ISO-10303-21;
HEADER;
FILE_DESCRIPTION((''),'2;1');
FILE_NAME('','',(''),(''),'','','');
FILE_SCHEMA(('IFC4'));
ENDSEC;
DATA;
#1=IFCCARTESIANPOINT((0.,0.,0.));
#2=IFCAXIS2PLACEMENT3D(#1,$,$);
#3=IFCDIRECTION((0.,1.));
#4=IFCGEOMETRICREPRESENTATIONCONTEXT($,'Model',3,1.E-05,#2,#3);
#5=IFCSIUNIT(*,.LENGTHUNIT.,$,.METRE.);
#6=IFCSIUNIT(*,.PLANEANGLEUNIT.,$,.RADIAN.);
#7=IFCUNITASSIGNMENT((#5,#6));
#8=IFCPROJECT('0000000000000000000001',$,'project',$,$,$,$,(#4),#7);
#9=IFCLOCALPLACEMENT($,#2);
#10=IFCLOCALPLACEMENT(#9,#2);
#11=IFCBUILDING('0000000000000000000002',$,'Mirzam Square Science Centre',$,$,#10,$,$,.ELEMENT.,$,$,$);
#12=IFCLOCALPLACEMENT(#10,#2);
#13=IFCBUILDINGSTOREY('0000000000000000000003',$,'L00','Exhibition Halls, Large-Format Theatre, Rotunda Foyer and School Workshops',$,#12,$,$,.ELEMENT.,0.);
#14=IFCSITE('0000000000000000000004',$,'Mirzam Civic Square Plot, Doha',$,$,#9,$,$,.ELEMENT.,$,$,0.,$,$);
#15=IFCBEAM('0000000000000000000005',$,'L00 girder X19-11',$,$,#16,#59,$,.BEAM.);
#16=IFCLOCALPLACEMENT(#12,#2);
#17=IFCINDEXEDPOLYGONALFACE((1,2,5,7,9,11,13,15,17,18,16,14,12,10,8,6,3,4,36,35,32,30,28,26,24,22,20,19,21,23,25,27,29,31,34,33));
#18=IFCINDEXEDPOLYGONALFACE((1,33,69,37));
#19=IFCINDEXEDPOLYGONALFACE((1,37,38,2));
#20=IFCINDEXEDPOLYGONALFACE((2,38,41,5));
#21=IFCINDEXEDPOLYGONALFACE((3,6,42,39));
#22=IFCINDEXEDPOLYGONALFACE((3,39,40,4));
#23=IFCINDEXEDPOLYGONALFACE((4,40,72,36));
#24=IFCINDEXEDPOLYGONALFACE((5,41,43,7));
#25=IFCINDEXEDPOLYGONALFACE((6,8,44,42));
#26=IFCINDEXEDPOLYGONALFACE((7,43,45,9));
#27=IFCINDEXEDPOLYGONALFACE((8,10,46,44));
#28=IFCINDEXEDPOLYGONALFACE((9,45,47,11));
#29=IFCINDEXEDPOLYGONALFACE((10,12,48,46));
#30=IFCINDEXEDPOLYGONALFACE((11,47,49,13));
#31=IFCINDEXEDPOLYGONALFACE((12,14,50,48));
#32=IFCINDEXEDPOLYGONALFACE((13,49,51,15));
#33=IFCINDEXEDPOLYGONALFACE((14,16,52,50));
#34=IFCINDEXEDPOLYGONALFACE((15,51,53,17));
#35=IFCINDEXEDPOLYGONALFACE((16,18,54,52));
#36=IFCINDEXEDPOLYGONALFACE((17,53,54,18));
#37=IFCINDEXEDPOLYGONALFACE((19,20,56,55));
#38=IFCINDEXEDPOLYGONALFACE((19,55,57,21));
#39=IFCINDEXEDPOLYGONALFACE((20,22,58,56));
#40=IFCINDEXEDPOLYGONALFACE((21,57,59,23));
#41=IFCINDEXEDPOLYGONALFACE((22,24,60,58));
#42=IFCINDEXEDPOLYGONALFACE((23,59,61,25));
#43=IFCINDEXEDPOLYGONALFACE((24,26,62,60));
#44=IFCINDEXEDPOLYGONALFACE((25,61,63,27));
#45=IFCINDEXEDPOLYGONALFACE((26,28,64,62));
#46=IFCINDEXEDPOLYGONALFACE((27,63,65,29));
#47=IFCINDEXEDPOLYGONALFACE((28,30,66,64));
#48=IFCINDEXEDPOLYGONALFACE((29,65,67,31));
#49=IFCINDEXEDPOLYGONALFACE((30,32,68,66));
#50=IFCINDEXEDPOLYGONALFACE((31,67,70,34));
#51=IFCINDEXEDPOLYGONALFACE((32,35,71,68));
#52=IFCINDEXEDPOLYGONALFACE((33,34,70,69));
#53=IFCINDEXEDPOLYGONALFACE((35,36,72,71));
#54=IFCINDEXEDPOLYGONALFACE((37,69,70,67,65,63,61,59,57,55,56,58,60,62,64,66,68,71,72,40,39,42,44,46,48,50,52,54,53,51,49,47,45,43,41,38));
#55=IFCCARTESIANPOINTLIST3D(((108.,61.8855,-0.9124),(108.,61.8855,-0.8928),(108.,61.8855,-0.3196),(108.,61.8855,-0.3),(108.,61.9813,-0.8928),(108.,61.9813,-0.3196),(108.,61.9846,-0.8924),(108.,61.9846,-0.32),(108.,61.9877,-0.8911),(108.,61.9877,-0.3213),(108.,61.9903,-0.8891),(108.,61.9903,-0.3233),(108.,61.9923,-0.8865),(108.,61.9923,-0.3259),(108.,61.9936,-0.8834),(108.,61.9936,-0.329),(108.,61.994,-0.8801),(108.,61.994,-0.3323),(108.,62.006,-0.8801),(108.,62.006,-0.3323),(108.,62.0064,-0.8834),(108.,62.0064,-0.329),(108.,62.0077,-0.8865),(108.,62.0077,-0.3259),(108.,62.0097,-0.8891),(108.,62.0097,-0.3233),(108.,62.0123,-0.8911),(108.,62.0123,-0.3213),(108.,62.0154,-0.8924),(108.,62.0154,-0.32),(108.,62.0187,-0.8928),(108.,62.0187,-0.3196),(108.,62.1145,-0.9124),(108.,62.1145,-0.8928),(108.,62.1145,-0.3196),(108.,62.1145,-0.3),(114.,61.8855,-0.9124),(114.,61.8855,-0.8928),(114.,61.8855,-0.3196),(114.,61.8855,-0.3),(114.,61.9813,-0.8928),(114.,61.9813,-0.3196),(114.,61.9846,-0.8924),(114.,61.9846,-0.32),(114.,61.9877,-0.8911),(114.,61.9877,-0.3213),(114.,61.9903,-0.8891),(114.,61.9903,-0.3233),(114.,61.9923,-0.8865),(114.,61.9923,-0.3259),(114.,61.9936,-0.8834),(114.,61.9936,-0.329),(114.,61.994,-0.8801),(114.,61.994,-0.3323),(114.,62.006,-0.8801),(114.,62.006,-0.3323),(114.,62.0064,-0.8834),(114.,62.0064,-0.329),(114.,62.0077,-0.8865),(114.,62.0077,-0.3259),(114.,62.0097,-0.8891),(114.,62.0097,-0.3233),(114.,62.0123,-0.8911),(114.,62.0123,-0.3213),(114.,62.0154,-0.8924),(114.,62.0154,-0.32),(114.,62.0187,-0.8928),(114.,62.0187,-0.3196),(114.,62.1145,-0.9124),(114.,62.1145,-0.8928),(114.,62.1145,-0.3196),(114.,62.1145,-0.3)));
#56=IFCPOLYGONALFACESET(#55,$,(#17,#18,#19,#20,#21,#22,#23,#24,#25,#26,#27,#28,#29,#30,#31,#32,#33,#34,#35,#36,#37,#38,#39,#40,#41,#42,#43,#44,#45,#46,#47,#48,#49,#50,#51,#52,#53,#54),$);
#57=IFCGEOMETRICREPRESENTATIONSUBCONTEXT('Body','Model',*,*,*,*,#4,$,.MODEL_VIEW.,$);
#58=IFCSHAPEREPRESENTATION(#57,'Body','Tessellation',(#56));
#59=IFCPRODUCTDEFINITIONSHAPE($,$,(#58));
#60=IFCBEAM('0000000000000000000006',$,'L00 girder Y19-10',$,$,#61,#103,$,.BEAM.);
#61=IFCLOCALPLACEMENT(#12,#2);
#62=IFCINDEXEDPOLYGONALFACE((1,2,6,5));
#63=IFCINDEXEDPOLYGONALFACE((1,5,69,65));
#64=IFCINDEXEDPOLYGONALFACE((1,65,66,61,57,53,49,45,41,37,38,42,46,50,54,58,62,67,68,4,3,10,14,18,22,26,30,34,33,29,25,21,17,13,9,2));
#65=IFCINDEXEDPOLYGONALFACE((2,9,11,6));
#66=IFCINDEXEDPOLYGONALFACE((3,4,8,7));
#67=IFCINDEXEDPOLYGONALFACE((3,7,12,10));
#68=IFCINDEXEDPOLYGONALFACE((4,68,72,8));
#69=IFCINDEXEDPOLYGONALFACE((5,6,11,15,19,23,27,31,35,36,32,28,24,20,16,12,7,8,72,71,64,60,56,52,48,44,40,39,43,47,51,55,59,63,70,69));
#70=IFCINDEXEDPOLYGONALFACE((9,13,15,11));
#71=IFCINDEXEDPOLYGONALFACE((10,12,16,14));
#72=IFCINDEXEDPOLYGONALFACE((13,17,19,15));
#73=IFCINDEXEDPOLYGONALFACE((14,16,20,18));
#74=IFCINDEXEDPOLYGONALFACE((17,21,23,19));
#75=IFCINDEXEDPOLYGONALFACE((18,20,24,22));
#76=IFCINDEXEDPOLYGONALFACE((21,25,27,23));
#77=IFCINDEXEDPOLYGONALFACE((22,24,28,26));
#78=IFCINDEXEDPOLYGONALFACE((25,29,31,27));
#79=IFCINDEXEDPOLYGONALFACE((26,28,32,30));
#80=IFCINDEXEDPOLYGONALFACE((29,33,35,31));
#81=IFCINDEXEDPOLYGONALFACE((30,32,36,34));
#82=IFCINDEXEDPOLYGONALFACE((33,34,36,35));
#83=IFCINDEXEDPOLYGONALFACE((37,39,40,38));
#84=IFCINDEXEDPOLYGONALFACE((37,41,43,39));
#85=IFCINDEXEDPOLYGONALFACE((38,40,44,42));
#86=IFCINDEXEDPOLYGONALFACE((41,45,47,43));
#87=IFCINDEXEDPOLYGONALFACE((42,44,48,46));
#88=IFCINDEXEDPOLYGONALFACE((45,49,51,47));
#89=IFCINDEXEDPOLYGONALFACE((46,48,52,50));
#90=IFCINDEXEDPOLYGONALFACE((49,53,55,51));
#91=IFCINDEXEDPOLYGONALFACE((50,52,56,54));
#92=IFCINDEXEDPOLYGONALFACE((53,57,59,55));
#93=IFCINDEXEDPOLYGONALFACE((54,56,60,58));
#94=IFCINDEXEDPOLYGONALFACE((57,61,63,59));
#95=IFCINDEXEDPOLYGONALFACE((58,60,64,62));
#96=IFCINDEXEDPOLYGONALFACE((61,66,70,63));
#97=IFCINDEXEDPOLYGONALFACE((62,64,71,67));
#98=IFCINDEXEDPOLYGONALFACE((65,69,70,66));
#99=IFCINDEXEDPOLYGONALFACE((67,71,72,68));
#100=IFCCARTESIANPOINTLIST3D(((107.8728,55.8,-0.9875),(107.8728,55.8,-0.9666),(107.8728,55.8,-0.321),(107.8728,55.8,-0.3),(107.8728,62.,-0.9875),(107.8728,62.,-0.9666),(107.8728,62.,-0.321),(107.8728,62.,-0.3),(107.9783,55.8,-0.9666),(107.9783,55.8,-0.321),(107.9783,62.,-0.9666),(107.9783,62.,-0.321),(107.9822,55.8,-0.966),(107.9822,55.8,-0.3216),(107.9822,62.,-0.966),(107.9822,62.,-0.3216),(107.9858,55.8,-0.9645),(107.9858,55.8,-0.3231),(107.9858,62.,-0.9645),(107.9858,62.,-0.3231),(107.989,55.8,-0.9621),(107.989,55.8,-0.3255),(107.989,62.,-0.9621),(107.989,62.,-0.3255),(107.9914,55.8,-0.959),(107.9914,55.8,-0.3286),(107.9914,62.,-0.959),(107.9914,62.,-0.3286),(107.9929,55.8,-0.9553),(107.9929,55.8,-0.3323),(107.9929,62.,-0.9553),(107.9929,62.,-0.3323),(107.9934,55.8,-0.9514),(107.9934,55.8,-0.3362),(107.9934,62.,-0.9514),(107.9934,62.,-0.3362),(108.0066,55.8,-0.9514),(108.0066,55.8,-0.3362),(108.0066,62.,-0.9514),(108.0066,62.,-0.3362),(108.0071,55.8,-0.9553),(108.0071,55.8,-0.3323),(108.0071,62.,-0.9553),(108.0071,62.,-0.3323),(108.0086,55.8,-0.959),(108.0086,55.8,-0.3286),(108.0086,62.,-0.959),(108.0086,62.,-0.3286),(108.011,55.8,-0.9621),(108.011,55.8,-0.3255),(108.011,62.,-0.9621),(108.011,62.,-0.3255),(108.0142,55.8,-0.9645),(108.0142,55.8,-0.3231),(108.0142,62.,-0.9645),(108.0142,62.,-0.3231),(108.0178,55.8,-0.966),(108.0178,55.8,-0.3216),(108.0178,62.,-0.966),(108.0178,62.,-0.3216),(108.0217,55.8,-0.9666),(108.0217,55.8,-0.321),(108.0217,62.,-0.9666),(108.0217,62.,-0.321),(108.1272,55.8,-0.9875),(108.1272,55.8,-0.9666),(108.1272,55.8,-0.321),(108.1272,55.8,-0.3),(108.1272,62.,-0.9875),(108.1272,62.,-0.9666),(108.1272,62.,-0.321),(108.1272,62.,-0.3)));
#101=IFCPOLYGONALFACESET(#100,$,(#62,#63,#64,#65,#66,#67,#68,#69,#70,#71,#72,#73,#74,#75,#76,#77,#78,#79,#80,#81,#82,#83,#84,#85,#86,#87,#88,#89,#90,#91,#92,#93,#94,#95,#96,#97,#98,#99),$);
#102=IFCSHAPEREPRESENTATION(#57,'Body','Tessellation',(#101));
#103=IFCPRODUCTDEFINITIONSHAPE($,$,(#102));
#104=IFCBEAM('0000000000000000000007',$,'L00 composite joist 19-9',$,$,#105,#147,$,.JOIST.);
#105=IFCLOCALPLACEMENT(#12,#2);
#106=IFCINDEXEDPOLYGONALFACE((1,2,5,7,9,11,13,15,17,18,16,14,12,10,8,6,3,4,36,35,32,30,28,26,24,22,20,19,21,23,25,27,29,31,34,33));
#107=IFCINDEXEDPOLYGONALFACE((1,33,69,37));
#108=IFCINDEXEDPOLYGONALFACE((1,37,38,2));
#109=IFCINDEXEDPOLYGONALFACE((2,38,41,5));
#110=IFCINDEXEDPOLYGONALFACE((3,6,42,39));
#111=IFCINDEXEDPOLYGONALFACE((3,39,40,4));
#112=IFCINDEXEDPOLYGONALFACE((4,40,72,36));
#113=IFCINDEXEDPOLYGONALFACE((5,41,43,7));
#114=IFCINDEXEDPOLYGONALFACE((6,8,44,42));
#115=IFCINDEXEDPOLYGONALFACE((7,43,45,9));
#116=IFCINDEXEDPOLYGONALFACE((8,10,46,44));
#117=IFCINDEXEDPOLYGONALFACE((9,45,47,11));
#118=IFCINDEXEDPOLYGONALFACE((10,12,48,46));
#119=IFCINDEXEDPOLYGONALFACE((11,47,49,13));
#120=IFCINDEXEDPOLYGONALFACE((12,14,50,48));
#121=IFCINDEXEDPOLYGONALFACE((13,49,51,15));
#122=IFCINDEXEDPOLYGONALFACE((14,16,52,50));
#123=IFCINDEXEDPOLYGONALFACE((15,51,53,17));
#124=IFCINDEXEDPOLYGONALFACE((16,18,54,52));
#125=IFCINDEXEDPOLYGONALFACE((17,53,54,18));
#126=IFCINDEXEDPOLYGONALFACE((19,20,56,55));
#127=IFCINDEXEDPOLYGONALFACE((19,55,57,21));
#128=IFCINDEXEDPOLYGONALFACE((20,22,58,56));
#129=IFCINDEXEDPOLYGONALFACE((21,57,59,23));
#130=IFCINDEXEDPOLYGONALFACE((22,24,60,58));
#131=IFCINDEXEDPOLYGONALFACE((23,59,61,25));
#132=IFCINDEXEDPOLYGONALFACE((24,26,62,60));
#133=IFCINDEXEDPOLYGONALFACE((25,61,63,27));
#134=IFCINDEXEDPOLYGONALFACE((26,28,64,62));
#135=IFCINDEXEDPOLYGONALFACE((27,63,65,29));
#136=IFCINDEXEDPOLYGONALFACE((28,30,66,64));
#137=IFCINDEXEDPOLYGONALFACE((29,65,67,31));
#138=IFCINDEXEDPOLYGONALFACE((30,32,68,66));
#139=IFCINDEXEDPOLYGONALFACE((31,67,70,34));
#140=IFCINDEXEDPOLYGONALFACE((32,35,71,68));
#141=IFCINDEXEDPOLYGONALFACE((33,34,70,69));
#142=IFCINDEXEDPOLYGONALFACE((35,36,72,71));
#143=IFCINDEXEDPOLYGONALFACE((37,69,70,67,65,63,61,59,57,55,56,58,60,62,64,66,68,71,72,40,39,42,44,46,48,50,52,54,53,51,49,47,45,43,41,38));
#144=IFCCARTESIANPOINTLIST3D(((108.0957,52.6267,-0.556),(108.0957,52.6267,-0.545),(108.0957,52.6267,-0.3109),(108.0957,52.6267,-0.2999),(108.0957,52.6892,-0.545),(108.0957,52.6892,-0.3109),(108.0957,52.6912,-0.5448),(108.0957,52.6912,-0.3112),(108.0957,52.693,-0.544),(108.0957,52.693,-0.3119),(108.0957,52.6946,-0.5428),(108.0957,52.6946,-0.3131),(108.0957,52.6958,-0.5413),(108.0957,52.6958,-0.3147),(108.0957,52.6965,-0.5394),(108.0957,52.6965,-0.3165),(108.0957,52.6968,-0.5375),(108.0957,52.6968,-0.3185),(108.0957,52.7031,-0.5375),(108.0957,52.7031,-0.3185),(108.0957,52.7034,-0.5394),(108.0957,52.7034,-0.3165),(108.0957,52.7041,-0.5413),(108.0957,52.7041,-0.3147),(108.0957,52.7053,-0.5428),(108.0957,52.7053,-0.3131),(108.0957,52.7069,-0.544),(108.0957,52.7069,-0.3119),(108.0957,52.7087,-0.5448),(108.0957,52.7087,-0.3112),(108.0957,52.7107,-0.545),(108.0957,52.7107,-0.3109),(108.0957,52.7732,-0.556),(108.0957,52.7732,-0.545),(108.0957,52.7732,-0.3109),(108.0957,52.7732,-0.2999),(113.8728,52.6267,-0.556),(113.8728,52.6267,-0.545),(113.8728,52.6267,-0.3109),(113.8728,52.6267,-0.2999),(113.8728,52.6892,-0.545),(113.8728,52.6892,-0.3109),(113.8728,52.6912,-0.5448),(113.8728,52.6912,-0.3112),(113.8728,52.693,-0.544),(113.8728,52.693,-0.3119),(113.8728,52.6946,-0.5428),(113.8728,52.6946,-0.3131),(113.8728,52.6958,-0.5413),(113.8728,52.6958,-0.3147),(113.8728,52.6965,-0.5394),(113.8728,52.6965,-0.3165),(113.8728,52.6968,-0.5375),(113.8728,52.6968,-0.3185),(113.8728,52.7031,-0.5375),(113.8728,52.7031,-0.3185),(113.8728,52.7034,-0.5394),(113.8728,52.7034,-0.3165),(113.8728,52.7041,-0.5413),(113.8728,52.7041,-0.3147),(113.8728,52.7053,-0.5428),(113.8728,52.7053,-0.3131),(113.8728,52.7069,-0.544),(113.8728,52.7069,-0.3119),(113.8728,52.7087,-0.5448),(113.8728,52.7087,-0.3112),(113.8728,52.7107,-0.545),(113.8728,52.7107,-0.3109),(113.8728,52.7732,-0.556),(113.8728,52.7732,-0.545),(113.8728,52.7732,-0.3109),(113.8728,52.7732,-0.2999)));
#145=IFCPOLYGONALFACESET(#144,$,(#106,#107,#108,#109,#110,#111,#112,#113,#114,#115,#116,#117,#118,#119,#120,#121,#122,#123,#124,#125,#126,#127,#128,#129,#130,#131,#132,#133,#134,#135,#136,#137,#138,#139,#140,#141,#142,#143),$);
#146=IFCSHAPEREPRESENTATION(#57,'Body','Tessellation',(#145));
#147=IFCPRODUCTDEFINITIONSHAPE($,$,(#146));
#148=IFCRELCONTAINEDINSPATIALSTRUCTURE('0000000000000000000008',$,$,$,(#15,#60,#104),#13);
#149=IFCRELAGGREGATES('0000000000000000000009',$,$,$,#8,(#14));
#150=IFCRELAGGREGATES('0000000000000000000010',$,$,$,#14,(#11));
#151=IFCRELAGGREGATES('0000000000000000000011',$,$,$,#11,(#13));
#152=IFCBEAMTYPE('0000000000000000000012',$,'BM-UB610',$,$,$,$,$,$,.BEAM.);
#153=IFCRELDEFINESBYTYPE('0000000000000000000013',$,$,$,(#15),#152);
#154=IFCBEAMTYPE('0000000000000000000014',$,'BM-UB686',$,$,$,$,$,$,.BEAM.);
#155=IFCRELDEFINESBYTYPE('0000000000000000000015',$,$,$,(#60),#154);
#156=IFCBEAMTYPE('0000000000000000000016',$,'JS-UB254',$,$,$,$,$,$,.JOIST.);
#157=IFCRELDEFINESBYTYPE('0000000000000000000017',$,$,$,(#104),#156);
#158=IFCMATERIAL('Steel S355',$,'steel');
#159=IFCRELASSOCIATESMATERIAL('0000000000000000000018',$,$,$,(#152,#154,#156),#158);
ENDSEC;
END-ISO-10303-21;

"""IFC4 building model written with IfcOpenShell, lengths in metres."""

from ifc_helpers import new_model, si_unit, direction, frame, origin, origin_2d, place, context, subcontext, project, spatial, i_section, extrude, material, material_profile, profile_set, type_object, element, save


model = new_model("IFC4")

# Units and contexts
model_context = context("Model", 3, precision=1e-05, world=origin(), true_north=direction((0.0, 1.0)))
body_context = subcontext(model_context, "Body", "Model", "MODEL_VIEW")
ifc_project = project(units=[si_unit("LENGTHUNIT", "METRE"), si_unit("PLANEANGLEUNIT", "RADIAN")], contexts=[model_context])

# Site, building, storey
site_placement = place(None, origin())
site = spatial("IfcSite", under=ifc_project, at=site_placement, Name="Mirzam Civic Square Plot, Doha", CompositionType="ELEMENT", RefElevation=0.0)
building_placement = place(site_placement, origin())
building = spatial("IfcBuilding", under=site, at=building_placement, Name="Mirzam Square Science Centre", CompositionType="ELEMENT")
storey_placement = place(building_placement, origin())
storey = spatial("IfcBuildingStorey", under=building, at=storey_placement, Name="L00", Description="Exhibition Halls, Large-Format Theatre, Rotunda Foyer and School Workshops", CompositionType="ELEMENT", Elevation=0.0)

# Shared definitions
ifc_material_1 = material(Name="Steel S355", Category="steel")

# Beams
ifc_material_profile_1 = material_profile(ifc_material_1, i_section(OverallWidth=0.229, OverallDepth=0.6123, WebThickness=0.012, FlangeThickness=0.0195, FilletRadius=0.0127, at=origin_2d()), Name="610x229x125UB")
ifc_profile_set_1 = profile_set([ifc_material_profile_1], Name="Steel S355")
beam_type_1 = type_object("IfcBeamType", Name="BM-UB610", PredefinedType="BEAM", material=ifc_profile_set_1)
for number, where, z_axis, x_axis, name in (
    (1, (108.0, 62.0, -0.6062), (1.0, 0.0, 0.0), (0.0, 1.0, 0.0), "L00 girder X19-11"),
):
    element("IfcBeam", number, at=place(storey_placement, frame(where, z_axis=z_axis, x_axis=x_axis)), inside=storey, type_object=beam_type_1, Name=name, PredefinedType="BEAM", context=body_context, shape_type="SweptSolid", body=[
        extrude(i_section(OverallWidth=0.229, OverallDepth=0.6123, WebThickness=0.012, FlangeThickness=0.0195, FilletRadius=0.0127, at=origin_2d()), origin(), (0.0, 0.0, 1.0), 6.0),
    ])
ifc_material_profile_2 = material_profile(ifc_material_1, i_section(OverallWidth=0.2544, OverallDepth=0.6875, WebThickness=0.0132, FlangeThickness=0.021, FilletRadius=0.0151, at=origin_2d()), Name="686x254x152UB")
ifc_profile_set_2 = profile_set([ifc_material_profile_2], Name="Steel S355")
beam_type_2 = type_object("IfcBeamType", Name="BM-UB686", PredefinedType="BEAM", material=ifc_profile_set_2)
beam_1_placement = place(storey_placement, frame((108.0, 55.8, -0.6438), z_axis=(0.0, 1.0, 0.0), x_axis=(-1.0, 0.0, 0.0)))
element("IfcBeam", 2, at=beam_1_placement, inside=storey, type_object=beam_type_2, Name="L00 girder Y19-10", PredefinedType="BEAM", context=body_context, shape_type="SweptSolid", body=[
    extrude(i_section(OverallWidth=0.2544, OverallDepth=0.6875, WebThickness=0.0132, FlangeThickness=0.021, FilletRadius=0.0151, at=origin_2d()), origin(), (0.0, 0.0, 1.0), 6.2),
])
ifc_material_profile_3 = material_profile(ifc_material_1, i_section(OverallWidth=0.1465, OverallDepth=0.2561, WebThickness=0.0063, FlangeThickness=0.011, FilletRadius=0.0076, at=origin_2d()), Name="254x146x37UB")
ifc_profile_set_3 = profile_set([ifc_material_profile_3], Name="Steel S355")
beam_type_3 = type_object("IfcBeamType", Name="JS-UB254", PredefinedType="JOIST", material=ifc_profile_set_3)
beam_2_placement = place(storey_placement, frame((108.0957, 52.7, -0.428), z_axis=(1.0, 0.0, 0.0), x_axis=(0.0, 1.0, 0.0)))
element("IfcBeam", 3, at=beam_2_placement, inside=storey, type_object=beam_type_3, Name="L00 composite joist 19-9", PredefinedType="JOIST", context=body_context, shape_type="SweptSolid", body=[
    extrude(i_section(OverallWidth=0.1465, OverallDepth=0.2561, WebThickness=0.0063, FlangeThickness=0.011, FilletRadius=0.0076, at=origin_2d()), origin(), (0.0, 0.0, 1.0), 5.7771),
])

save(model, "model.ifc")
